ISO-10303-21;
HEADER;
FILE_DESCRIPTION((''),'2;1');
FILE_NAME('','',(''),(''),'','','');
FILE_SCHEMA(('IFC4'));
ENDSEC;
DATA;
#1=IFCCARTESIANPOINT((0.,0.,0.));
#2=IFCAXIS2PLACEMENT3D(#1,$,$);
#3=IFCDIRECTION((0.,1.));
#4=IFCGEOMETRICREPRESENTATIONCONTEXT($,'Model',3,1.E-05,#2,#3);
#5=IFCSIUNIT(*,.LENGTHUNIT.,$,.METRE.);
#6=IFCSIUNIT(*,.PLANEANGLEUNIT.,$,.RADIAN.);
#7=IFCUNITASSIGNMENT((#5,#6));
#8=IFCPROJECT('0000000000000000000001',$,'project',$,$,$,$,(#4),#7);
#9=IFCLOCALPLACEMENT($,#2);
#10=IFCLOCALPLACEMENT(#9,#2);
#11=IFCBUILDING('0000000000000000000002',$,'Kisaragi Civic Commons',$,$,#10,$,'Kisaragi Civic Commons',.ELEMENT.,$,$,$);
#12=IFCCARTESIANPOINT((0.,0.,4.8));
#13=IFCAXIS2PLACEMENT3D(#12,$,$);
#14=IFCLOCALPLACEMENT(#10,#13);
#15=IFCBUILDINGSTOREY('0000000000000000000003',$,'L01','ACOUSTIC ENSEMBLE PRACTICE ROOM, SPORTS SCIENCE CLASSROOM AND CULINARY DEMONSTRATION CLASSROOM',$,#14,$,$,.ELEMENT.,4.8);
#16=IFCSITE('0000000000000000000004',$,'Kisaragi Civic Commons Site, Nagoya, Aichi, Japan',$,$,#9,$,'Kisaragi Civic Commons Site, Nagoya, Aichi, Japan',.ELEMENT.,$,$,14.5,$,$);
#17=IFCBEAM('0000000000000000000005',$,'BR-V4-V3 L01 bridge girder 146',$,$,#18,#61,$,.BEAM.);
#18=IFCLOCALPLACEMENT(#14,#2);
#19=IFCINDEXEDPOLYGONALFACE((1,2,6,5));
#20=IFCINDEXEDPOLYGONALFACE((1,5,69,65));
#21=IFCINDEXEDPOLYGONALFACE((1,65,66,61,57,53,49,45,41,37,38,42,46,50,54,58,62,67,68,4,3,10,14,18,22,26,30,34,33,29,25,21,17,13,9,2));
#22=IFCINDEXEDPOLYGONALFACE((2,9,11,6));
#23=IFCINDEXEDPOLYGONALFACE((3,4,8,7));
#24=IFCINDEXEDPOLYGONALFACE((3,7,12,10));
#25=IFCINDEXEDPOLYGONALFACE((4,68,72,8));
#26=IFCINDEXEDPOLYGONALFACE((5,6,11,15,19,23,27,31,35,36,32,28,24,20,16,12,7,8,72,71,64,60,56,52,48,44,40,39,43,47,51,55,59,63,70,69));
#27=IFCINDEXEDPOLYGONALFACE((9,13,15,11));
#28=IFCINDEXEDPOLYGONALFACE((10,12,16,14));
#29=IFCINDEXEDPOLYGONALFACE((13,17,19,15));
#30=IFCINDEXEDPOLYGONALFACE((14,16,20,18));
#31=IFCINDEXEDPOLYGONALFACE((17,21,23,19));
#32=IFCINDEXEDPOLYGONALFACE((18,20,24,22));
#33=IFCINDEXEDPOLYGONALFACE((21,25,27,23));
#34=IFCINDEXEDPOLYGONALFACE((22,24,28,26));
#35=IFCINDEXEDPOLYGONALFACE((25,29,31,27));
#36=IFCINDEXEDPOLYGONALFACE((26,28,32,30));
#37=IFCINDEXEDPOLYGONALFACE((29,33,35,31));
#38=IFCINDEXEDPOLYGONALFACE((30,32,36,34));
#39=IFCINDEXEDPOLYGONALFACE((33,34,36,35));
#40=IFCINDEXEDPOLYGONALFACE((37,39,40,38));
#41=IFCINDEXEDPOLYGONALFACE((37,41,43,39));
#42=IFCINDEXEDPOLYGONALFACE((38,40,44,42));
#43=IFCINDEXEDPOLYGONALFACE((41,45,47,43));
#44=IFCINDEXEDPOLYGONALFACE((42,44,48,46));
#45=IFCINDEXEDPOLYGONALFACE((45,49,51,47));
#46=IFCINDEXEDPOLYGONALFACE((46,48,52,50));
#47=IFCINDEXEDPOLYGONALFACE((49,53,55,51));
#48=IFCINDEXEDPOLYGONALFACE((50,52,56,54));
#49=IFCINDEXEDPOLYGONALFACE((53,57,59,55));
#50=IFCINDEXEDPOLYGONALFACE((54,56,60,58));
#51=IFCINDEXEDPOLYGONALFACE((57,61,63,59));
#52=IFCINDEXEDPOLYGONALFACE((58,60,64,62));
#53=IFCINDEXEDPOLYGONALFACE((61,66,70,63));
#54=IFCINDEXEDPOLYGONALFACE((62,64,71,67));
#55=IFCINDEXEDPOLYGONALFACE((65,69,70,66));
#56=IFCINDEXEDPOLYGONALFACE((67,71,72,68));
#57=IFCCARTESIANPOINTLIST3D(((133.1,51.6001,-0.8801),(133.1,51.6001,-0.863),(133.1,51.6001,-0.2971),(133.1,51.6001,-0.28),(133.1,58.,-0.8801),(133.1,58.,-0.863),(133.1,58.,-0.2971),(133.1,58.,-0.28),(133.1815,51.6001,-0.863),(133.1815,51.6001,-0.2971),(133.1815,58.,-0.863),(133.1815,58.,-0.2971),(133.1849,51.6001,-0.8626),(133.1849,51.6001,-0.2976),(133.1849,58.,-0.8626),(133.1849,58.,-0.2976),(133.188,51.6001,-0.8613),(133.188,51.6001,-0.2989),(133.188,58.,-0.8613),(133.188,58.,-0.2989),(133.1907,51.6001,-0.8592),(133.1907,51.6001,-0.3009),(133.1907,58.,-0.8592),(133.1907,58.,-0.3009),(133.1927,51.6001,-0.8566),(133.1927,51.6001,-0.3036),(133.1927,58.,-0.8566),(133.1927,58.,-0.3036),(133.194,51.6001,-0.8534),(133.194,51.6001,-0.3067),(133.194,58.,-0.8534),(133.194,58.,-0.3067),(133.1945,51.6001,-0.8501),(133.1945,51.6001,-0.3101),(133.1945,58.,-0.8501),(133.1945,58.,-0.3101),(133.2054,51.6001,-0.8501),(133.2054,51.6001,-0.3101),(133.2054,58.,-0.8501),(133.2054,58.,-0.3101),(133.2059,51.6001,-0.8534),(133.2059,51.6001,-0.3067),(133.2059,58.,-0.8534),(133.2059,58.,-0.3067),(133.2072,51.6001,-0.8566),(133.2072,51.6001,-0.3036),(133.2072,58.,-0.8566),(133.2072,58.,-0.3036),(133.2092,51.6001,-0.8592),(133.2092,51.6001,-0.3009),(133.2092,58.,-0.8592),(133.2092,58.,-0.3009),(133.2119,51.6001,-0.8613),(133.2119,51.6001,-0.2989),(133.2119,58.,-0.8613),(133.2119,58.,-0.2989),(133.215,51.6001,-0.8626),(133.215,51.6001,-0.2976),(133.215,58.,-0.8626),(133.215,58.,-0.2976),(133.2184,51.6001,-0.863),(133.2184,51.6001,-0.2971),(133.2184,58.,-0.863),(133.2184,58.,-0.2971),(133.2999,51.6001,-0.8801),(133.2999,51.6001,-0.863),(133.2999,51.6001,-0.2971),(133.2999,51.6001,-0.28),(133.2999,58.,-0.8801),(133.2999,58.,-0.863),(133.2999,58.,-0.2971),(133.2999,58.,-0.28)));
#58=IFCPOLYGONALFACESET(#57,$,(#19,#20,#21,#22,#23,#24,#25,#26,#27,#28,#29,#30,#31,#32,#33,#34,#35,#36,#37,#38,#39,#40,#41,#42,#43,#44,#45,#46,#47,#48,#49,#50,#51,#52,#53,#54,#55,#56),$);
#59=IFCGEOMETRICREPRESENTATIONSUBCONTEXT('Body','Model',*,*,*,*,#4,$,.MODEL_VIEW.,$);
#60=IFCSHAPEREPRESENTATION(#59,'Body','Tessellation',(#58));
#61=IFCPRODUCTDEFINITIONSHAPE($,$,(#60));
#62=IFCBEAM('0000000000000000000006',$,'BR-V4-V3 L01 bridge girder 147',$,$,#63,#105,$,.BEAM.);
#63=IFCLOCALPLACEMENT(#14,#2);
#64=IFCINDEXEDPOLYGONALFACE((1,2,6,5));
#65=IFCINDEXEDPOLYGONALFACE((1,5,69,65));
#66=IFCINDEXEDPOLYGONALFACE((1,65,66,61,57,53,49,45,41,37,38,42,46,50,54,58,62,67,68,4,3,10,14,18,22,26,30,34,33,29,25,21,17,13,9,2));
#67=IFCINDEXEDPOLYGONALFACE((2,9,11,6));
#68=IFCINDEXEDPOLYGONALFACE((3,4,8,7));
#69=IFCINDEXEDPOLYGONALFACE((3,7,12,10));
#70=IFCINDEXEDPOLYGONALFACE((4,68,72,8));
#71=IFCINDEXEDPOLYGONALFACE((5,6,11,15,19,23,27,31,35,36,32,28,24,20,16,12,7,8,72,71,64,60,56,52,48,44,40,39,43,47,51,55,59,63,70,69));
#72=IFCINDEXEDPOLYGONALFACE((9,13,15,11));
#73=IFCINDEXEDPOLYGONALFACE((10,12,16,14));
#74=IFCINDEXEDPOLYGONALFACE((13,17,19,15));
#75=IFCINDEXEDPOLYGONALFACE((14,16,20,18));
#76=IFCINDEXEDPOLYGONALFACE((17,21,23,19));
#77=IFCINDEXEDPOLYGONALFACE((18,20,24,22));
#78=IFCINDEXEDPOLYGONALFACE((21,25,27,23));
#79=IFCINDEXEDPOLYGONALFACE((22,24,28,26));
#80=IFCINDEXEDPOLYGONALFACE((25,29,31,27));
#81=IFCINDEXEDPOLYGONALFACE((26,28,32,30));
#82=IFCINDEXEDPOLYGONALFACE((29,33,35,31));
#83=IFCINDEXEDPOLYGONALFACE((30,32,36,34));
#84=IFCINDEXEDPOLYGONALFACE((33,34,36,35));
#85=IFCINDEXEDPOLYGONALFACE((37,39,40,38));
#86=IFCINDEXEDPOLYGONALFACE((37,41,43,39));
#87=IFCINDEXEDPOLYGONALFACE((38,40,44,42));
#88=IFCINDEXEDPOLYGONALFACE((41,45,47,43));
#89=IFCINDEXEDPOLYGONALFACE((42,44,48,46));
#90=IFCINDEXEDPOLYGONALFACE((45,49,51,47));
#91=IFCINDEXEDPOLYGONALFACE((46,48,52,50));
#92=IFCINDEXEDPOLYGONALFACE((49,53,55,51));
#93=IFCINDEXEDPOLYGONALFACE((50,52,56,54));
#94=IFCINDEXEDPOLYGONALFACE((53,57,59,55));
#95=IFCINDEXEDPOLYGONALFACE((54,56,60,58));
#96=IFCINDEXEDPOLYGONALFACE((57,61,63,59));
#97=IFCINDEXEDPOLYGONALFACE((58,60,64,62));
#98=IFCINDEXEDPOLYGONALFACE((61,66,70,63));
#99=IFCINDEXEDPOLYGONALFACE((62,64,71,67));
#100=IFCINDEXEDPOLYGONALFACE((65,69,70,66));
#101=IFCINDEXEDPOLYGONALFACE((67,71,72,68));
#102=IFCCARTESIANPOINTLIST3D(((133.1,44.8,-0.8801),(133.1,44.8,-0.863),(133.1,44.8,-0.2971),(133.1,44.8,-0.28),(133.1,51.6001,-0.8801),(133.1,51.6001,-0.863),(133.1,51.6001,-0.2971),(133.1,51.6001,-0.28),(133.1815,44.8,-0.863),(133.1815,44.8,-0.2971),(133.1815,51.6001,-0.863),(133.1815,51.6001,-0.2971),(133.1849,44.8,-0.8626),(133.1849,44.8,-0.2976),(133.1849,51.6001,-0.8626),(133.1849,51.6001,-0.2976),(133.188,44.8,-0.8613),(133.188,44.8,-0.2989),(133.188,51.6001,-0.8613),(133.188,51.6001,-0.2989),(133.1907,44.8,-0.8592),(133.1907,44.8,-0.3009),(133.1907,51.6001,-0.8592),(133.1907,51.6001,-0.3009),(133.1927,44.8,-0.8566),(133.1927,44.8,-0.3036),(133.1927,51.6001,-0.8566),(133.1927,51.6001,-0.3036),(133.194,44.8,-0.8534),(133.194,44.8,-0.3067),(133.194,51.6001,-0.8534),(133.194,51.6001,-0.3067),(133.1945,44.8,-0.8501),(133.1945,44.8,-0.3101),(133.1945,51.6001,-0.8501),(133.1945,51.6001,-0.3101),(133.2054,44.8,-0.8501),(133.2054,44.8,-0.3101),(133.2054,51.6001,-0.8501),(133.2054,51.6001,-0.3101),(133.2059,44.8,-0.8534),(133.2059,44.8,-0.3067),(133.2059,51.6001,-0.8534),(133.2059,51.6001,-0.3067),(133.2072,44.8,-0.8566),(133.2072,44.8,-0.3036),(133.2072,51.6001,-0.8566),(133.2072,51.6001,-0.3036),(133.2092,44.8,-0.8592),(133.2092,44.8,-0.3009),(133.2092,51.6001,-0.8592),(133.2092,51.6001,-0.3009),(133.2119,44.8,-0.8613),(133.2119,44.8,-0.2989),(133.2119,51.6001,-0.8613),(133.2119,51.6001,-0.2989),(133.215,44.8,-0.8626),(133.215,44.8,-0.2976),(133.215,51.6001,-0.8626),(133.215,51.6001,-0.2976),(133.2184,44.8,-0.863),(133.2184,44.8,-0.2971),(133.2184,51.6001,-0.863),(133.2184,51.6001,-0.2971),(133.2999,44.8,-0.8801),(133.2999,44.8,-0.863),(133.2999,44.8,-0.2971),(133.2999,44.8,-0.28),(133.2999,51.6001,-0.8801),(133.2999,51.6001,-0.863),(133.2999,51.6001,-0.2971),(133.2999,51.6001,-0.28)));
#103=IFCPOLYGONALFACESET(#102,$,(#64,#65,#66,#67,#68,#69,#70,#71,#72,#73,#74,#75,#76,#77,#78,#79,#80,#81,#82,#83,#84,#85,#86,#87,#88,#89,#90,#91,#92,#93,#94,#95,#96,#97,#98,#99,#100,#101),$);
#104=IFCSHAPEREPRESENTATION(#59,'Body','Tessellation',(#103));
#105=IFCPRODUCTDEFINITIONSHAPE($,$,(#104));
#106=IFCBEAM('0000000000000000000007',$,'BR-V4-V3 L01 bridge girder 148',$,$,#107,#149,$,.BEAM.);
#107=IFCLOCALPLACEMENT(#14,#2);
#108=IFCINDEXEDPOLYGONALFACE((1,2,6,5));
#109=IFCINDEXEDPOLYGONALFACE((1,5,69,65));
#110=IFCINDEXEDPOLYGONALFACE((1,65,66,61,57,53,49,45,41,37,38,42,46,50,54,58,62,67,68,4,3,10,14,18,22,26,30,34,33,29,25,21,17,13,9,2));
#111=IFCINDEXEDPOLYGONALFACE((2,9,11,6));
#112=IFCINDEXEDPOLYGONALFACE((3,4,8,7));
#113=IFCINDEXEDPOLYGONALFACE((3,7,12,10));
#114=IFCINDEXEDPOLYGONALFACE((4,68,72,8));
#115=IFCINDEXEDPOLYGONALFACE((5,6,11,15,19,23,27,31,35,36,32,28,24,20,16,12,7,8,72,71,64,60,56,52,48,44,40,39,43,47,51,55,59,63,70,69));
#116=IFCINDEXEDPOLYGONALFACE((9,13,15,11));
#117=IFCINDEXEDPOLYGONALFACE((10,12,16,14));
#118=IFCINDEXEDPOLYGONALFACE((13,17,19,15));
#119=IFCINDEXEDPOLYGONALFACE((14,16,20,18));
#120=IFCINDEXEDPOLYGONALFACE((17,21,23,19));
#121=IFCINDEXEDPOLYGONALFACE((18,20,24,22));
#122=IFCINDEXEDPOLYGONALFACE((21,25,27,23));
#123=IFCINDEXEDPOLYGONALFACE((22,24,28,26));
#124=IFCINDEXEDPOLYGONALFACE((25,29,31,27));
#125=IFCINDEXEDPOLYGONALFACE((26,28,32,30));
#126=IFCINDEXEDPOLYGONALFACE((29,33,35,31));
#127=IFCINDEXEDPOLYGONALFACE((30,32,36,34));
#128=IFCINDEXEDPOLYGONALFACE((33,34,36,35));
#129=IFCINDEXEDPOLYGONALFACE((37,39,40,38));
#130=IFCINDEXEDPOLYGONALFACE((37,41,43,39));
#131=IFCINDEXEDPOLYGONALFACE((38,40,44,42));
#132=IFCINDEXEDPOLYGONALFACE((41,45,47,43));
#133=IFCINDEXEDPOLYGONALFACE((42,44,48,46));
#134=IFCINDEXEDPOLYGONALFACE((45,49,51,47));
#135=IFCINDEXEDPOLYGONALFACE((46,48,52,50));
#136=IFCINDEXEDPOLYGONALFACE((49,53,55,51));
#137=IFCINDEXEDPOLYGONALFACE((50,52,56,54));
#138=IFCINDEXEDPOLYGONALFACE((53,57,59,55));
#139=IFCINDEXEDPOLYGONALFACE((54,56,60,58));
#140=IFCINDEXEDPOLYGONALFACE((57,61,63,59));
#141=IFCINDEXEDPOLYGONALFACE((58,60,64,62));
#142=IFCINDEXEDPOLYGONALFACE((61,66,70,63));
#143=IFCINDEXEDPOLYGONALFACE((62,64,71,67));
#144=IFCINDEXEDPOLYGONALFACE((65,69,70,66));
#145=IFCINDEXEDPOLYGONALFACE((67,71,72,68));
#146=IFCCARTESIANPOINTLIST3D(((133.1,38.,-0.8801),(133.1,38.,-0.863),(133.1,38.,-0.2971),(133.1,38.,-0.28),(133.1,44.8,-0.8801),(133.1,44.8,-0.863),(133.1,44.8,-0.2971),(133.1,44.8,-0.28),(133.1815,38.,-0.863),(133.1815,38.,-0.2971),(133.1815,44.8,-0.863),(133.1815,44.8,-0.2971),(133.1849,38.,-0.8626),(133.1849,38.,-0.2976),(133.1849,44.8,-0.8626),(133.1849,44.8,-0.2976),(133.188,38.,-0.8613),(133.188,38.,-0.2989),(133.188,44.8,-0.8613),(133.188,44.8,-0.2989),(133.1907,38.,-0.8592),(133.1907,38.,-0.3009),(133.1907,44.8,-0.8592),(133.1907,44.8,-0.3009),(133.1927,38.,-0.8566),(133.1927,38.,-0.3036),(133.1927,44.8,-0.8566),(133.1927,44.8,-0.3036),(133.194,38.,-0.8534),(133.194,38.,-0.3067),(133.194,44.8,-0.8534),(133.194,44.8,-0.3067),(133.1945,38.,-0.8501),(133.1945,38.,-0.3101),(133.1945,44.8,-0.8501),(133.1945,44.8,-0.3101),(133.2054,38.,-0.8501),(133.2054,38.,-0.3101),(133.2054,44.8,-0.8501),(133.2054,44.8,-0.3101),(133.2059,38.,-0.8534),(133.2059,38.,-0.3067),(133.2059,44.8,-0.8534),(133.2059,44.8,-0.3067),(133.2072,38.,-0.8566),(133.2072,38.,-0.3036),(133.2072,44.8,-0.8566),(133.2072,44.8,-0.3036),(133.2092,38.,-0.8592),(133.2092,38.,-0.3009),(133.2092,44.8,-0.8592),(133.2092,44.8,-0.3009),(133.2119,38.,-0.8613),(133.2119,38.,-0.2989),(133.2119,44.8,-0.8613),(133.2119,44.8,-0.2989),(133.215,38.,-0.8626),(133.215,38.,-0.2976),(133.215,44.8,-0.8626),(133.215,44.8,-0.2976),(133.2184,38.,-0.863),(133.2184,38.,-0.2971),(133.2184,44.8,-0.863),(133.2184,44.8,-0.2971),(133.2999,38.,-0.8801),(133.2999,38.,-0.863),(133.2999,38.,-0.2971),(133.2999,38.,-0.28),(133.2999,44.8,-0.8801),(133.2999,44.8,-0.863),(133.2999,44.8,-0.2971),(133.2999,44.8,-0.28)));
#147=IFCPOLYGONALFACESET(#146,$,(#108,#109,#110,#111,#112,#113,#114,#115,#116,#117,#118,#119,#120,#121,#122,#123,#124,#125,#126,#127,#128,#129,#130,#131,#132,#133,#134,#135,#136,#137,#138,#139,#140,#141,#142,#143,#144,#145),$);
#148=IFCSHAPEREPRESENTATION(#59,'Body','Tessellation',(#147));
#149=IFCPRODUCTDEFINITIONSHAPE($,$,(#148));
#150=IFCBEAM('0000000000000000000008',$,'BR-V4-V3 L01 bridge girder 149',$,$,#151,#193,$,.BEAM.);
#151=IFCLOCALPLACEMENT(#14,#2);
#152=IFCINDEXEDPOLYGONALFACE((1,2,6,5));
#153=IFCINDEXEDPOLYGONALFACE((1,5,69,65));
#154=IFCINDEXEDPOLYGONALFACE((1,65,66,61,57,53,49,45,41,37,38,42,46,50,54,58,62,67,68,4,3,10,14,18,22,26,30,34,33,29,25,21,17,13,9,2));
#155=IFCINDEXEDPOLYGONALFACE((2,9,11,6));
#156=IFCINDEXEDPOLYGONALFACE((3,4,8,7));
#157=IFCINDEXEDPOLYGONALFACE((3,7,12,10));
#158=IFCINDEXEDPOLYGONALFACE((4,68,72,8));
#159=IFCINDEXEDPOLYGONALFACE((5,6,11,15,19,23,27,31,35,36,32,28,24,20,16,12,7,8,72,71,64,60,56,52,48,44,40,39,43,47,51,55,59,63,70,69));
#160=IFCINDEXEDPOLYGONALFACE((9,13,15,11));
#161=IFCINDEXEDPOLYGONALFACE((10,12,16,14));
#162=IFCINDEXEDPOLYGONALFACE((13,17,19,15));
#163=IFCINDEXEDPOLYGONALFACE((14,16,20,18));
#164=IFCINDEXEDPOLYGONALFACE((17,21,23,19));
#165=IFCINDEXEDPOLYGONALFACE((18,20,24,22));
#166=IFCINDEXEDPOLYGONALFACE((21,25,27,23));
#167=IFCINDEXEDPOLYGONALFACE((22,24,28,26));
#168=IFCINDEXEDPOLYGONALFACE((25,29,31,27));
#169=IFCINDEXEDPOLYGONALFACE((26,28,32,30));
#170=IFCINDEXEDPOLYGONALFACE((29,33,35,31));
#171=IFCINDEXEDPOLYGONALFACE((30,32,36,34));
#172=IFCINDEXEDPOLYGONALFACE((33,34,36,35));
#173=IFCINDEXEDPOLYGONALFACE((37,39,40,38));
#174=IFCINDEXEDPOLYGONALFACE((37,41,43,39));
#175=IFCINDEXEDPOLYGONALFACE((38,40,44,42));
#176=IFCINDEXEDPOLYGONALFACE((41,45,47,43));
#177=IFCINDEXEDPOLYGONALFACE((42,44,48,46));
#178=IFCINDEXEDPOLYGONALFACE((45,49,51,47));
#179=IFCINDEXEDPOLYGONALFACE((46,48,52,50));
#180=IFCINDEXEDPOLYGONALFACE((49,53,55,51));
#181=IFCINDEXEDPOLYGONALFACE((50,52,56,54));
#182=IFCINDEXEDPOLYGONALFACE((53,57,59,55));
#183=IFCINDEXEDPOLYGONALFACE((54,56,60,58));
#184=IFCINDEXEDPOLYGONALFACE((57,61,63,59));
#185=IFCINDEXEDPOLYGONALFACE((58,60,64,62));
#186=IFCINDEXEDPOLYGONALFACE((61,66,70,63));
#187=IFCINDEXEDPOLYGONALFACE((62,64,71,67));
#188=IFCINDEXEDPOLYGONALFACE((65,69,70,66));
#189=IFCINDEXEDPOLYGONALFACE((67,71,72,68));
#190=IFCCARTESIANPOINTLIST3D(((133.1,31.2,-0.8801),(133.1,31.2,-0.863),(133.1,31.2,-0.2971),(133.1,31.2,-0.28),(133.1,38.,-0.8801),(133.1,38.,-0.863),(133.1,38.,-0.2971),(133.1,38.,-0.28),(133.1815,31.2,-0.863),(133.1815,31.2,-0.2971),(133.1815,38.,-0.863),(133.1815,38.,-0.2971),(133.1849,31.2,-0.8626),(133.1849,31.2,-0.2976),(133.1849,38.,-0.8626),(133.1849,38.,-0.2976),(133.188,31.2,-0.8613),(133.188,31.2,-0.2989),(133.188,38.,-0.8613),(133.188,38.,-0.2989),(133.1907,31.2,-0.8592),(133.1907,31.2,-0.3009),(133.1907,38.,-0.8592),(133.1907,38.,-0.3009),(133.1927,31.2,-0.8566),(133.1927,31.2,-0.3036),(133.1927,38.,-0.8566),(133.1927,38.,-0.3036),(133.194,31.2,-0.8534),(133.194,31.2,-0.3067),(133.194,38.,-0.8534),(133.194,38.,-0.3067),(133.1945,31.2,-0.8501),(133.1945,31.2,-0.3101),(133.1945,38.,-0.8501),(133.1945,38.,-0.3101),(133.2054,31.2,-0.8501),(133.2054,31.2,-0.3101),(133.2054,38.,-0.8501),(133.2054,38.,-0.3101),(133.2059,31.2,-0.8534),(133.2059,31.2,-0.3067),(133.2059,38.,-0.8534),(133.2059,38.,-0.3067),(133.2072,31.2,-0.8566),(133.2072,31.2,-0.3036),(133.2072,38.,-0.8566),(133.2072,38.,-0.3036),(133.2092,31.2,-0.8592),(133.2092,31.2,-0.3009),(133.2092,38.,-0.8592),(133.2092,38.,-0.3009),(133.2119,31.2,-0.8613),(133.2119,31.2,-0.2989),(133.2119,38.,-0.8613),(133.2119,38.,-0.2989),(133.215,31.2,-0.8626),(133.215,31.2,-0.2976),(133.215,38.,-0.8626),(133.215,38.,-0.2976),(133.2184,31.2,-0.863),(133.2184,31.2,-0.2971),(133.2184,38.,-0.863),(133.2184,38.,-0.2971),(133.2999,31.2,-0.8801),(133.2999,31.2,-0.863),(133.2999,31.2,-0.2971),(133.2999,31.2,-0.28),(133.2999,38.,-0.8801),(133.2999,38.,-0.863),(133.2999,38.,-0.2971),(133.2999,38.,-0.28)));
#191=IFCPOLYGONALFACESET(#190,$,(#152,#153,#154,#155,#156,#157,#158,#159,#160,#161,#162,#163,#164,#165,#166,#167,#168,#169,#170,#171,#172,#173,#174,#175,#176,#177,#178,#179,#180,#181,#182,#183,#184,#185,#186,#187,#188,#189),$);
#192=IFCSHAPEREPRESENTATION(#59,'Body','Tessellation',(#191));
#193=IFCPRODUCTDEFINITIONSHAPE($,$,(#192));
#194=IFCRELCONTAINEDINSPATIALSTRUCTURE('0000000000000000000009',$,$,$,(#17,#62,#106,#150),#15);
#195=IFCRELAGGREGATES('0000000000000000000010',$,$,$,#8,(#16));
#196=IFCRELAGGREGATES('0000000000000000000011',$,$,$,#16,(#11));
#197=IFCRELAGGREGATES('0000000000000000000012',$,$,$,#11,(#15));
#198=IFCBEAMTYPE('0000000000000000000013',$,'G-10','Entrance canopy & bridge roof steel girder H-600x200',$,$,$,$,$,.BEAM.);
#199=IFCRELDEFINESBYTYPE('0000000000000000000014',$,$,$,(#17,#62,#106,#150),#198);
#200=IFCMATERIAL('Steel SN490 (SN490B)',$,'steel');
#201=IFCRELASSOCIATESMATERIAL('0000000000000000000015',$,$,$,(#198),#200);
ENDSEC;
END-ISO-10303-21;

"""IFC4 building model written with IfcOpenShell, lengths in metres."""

from ifc_helpers import new_model, si_unit, direction, frame, origin, origin_2d, place, context, subcontext, project, spatial, i_section, extrude, material, material_profile, profile_set, type_object, element, save


model = new_model("IFC4")

# Units and contexts
model_context = context("Model", 3, precision=1e-05, world=origin(), true_north=direction((0.0, 1.0)))
body_context = subcontext(model_context, "Body", "Model", "MODEL_VIEW")
ifc_project = project(units=[si_unit("LENGTHUNIT", "METRE"), si_unit("PLANEANGLEUNIT", "RADIAN")], contexts=[model_context])

# Site, building, storey
site_placement = place(None, origin())
site = spatial("IfcSite", under=ifc_project, at=site_placement, Name="Kisaragi Civic Commons Site, Nagoya, Aichi, Japan", LongName="Kisaragi Civic Commons Site, Nagoya, Aichi, Japan", CompositionType="ELEMENT", RefElevation=14.5)
building_placement = place(site_placement, origin())
building = spatial("IfcBuilding", under=site, at=building_placement, Name="Kisaragi Civic Commons", LongName="Kisaragi Civic Commons", CompositionType="ELEMENT")
storey_placement = place(building_placement, frame((0.0, 0.0, 4.8)))
storey = spatial("IfcBuildingStorey", under=building, at=storey_placement, Name="L01", Description="ACOUSTIC ENSEMBLE PRACTICE ROOM, SPORTS SCIENCE CLASSROOM AND CULINARY DEMONSTRATION CLASSROOM", CompositionType="ELEMENT", Elevation=4.8)

# Beams
ifc_material_1 = material(Name="Steel SN490 (SN490B)", Category="steel")
ifc_material_profile_1 = material_profile(ifc_material_1, i_section(OverallWidth=0.2, OverallDepth=0.6001, WebThickness=0.011, FlangeThickness=0.0171, FilletRadius=0.0129, at=origin_2d()), Name="H-600x200x11x17", Category="steel")
ifc_profile_set_1 = profile_set([ifc_material_profile_1], Name="Steel SN490 (SN490B)")
beam_type_1 = type_object("IfcBeamType", Name="G-10", Description="Entrance canopy & bridge roof steel girder H-600x200", PredefinedType="BEAM", material=ifc_profile_set_1)
beam_1_placement = place(storey_placement, frame((133.2, 58.0, -0.5801), z_axis=(0.0, -1.0, 0.0), x_axis=(1.0, 0.0, 0.0)))
element("IfcBeam", 1, at=beam_1_placement, inside=storey, type_object=beam_type_1, Name="BR-V4-V3 L01 bridge girder 146", PredefinedType="BEAM", context=body_context, shape_type="SweptSolid", body=[
    extrude(i_section(OverallWidth=0.2, OverallDepth=0.6001, WebThickness=0.011, FlangeThickness=0.0171, FilletRadius=0.0129, at=origin_2d()), origin(), (0.0, 0.0, 1.0), 6.3999),
])
for number, where, z_axis, x_axis, name in (
    (2, (133.2, 51.6001, -0.5801), (0.0, -1.0, 0.0), (1.0, 0.0, 0.0), "BR-V4-V3 L01 bridge girder 147"),
    (3, (133.2, 44.8, -0.5801), (0.0, -1.0, 0.0), (1.0, 0.0, 0.0), "BR-V4-V3 L01 bridge girder 148"),
    (4, (133.2, 38.0, -0.5801), (0.0, -1.0, 0.0), (1.0, 0.0, 0.0), "BR-V4-V3 L01 bridge girder 149"),
):
    element("IfcBeam", number, at=place(storey_placement, frame(where, z_axis=z_axis, x_axis=x_axis)), inside=storey, type_object=beam_type_1, Name=name, PredefinedType="BEAM", context=body_context, shape_type="SweptSolid", body=[
        extrude(i_section(OverallWidth=0.2, OverallDepth=0.6001, WebThickness=0.011, FlangeThickness=0.0171, FilletRadius=0.0129, at=origin_2d()), origin(), (0.0, 0.0, 1.0), 6.8),
    ])

save(model, "model.ifc")
